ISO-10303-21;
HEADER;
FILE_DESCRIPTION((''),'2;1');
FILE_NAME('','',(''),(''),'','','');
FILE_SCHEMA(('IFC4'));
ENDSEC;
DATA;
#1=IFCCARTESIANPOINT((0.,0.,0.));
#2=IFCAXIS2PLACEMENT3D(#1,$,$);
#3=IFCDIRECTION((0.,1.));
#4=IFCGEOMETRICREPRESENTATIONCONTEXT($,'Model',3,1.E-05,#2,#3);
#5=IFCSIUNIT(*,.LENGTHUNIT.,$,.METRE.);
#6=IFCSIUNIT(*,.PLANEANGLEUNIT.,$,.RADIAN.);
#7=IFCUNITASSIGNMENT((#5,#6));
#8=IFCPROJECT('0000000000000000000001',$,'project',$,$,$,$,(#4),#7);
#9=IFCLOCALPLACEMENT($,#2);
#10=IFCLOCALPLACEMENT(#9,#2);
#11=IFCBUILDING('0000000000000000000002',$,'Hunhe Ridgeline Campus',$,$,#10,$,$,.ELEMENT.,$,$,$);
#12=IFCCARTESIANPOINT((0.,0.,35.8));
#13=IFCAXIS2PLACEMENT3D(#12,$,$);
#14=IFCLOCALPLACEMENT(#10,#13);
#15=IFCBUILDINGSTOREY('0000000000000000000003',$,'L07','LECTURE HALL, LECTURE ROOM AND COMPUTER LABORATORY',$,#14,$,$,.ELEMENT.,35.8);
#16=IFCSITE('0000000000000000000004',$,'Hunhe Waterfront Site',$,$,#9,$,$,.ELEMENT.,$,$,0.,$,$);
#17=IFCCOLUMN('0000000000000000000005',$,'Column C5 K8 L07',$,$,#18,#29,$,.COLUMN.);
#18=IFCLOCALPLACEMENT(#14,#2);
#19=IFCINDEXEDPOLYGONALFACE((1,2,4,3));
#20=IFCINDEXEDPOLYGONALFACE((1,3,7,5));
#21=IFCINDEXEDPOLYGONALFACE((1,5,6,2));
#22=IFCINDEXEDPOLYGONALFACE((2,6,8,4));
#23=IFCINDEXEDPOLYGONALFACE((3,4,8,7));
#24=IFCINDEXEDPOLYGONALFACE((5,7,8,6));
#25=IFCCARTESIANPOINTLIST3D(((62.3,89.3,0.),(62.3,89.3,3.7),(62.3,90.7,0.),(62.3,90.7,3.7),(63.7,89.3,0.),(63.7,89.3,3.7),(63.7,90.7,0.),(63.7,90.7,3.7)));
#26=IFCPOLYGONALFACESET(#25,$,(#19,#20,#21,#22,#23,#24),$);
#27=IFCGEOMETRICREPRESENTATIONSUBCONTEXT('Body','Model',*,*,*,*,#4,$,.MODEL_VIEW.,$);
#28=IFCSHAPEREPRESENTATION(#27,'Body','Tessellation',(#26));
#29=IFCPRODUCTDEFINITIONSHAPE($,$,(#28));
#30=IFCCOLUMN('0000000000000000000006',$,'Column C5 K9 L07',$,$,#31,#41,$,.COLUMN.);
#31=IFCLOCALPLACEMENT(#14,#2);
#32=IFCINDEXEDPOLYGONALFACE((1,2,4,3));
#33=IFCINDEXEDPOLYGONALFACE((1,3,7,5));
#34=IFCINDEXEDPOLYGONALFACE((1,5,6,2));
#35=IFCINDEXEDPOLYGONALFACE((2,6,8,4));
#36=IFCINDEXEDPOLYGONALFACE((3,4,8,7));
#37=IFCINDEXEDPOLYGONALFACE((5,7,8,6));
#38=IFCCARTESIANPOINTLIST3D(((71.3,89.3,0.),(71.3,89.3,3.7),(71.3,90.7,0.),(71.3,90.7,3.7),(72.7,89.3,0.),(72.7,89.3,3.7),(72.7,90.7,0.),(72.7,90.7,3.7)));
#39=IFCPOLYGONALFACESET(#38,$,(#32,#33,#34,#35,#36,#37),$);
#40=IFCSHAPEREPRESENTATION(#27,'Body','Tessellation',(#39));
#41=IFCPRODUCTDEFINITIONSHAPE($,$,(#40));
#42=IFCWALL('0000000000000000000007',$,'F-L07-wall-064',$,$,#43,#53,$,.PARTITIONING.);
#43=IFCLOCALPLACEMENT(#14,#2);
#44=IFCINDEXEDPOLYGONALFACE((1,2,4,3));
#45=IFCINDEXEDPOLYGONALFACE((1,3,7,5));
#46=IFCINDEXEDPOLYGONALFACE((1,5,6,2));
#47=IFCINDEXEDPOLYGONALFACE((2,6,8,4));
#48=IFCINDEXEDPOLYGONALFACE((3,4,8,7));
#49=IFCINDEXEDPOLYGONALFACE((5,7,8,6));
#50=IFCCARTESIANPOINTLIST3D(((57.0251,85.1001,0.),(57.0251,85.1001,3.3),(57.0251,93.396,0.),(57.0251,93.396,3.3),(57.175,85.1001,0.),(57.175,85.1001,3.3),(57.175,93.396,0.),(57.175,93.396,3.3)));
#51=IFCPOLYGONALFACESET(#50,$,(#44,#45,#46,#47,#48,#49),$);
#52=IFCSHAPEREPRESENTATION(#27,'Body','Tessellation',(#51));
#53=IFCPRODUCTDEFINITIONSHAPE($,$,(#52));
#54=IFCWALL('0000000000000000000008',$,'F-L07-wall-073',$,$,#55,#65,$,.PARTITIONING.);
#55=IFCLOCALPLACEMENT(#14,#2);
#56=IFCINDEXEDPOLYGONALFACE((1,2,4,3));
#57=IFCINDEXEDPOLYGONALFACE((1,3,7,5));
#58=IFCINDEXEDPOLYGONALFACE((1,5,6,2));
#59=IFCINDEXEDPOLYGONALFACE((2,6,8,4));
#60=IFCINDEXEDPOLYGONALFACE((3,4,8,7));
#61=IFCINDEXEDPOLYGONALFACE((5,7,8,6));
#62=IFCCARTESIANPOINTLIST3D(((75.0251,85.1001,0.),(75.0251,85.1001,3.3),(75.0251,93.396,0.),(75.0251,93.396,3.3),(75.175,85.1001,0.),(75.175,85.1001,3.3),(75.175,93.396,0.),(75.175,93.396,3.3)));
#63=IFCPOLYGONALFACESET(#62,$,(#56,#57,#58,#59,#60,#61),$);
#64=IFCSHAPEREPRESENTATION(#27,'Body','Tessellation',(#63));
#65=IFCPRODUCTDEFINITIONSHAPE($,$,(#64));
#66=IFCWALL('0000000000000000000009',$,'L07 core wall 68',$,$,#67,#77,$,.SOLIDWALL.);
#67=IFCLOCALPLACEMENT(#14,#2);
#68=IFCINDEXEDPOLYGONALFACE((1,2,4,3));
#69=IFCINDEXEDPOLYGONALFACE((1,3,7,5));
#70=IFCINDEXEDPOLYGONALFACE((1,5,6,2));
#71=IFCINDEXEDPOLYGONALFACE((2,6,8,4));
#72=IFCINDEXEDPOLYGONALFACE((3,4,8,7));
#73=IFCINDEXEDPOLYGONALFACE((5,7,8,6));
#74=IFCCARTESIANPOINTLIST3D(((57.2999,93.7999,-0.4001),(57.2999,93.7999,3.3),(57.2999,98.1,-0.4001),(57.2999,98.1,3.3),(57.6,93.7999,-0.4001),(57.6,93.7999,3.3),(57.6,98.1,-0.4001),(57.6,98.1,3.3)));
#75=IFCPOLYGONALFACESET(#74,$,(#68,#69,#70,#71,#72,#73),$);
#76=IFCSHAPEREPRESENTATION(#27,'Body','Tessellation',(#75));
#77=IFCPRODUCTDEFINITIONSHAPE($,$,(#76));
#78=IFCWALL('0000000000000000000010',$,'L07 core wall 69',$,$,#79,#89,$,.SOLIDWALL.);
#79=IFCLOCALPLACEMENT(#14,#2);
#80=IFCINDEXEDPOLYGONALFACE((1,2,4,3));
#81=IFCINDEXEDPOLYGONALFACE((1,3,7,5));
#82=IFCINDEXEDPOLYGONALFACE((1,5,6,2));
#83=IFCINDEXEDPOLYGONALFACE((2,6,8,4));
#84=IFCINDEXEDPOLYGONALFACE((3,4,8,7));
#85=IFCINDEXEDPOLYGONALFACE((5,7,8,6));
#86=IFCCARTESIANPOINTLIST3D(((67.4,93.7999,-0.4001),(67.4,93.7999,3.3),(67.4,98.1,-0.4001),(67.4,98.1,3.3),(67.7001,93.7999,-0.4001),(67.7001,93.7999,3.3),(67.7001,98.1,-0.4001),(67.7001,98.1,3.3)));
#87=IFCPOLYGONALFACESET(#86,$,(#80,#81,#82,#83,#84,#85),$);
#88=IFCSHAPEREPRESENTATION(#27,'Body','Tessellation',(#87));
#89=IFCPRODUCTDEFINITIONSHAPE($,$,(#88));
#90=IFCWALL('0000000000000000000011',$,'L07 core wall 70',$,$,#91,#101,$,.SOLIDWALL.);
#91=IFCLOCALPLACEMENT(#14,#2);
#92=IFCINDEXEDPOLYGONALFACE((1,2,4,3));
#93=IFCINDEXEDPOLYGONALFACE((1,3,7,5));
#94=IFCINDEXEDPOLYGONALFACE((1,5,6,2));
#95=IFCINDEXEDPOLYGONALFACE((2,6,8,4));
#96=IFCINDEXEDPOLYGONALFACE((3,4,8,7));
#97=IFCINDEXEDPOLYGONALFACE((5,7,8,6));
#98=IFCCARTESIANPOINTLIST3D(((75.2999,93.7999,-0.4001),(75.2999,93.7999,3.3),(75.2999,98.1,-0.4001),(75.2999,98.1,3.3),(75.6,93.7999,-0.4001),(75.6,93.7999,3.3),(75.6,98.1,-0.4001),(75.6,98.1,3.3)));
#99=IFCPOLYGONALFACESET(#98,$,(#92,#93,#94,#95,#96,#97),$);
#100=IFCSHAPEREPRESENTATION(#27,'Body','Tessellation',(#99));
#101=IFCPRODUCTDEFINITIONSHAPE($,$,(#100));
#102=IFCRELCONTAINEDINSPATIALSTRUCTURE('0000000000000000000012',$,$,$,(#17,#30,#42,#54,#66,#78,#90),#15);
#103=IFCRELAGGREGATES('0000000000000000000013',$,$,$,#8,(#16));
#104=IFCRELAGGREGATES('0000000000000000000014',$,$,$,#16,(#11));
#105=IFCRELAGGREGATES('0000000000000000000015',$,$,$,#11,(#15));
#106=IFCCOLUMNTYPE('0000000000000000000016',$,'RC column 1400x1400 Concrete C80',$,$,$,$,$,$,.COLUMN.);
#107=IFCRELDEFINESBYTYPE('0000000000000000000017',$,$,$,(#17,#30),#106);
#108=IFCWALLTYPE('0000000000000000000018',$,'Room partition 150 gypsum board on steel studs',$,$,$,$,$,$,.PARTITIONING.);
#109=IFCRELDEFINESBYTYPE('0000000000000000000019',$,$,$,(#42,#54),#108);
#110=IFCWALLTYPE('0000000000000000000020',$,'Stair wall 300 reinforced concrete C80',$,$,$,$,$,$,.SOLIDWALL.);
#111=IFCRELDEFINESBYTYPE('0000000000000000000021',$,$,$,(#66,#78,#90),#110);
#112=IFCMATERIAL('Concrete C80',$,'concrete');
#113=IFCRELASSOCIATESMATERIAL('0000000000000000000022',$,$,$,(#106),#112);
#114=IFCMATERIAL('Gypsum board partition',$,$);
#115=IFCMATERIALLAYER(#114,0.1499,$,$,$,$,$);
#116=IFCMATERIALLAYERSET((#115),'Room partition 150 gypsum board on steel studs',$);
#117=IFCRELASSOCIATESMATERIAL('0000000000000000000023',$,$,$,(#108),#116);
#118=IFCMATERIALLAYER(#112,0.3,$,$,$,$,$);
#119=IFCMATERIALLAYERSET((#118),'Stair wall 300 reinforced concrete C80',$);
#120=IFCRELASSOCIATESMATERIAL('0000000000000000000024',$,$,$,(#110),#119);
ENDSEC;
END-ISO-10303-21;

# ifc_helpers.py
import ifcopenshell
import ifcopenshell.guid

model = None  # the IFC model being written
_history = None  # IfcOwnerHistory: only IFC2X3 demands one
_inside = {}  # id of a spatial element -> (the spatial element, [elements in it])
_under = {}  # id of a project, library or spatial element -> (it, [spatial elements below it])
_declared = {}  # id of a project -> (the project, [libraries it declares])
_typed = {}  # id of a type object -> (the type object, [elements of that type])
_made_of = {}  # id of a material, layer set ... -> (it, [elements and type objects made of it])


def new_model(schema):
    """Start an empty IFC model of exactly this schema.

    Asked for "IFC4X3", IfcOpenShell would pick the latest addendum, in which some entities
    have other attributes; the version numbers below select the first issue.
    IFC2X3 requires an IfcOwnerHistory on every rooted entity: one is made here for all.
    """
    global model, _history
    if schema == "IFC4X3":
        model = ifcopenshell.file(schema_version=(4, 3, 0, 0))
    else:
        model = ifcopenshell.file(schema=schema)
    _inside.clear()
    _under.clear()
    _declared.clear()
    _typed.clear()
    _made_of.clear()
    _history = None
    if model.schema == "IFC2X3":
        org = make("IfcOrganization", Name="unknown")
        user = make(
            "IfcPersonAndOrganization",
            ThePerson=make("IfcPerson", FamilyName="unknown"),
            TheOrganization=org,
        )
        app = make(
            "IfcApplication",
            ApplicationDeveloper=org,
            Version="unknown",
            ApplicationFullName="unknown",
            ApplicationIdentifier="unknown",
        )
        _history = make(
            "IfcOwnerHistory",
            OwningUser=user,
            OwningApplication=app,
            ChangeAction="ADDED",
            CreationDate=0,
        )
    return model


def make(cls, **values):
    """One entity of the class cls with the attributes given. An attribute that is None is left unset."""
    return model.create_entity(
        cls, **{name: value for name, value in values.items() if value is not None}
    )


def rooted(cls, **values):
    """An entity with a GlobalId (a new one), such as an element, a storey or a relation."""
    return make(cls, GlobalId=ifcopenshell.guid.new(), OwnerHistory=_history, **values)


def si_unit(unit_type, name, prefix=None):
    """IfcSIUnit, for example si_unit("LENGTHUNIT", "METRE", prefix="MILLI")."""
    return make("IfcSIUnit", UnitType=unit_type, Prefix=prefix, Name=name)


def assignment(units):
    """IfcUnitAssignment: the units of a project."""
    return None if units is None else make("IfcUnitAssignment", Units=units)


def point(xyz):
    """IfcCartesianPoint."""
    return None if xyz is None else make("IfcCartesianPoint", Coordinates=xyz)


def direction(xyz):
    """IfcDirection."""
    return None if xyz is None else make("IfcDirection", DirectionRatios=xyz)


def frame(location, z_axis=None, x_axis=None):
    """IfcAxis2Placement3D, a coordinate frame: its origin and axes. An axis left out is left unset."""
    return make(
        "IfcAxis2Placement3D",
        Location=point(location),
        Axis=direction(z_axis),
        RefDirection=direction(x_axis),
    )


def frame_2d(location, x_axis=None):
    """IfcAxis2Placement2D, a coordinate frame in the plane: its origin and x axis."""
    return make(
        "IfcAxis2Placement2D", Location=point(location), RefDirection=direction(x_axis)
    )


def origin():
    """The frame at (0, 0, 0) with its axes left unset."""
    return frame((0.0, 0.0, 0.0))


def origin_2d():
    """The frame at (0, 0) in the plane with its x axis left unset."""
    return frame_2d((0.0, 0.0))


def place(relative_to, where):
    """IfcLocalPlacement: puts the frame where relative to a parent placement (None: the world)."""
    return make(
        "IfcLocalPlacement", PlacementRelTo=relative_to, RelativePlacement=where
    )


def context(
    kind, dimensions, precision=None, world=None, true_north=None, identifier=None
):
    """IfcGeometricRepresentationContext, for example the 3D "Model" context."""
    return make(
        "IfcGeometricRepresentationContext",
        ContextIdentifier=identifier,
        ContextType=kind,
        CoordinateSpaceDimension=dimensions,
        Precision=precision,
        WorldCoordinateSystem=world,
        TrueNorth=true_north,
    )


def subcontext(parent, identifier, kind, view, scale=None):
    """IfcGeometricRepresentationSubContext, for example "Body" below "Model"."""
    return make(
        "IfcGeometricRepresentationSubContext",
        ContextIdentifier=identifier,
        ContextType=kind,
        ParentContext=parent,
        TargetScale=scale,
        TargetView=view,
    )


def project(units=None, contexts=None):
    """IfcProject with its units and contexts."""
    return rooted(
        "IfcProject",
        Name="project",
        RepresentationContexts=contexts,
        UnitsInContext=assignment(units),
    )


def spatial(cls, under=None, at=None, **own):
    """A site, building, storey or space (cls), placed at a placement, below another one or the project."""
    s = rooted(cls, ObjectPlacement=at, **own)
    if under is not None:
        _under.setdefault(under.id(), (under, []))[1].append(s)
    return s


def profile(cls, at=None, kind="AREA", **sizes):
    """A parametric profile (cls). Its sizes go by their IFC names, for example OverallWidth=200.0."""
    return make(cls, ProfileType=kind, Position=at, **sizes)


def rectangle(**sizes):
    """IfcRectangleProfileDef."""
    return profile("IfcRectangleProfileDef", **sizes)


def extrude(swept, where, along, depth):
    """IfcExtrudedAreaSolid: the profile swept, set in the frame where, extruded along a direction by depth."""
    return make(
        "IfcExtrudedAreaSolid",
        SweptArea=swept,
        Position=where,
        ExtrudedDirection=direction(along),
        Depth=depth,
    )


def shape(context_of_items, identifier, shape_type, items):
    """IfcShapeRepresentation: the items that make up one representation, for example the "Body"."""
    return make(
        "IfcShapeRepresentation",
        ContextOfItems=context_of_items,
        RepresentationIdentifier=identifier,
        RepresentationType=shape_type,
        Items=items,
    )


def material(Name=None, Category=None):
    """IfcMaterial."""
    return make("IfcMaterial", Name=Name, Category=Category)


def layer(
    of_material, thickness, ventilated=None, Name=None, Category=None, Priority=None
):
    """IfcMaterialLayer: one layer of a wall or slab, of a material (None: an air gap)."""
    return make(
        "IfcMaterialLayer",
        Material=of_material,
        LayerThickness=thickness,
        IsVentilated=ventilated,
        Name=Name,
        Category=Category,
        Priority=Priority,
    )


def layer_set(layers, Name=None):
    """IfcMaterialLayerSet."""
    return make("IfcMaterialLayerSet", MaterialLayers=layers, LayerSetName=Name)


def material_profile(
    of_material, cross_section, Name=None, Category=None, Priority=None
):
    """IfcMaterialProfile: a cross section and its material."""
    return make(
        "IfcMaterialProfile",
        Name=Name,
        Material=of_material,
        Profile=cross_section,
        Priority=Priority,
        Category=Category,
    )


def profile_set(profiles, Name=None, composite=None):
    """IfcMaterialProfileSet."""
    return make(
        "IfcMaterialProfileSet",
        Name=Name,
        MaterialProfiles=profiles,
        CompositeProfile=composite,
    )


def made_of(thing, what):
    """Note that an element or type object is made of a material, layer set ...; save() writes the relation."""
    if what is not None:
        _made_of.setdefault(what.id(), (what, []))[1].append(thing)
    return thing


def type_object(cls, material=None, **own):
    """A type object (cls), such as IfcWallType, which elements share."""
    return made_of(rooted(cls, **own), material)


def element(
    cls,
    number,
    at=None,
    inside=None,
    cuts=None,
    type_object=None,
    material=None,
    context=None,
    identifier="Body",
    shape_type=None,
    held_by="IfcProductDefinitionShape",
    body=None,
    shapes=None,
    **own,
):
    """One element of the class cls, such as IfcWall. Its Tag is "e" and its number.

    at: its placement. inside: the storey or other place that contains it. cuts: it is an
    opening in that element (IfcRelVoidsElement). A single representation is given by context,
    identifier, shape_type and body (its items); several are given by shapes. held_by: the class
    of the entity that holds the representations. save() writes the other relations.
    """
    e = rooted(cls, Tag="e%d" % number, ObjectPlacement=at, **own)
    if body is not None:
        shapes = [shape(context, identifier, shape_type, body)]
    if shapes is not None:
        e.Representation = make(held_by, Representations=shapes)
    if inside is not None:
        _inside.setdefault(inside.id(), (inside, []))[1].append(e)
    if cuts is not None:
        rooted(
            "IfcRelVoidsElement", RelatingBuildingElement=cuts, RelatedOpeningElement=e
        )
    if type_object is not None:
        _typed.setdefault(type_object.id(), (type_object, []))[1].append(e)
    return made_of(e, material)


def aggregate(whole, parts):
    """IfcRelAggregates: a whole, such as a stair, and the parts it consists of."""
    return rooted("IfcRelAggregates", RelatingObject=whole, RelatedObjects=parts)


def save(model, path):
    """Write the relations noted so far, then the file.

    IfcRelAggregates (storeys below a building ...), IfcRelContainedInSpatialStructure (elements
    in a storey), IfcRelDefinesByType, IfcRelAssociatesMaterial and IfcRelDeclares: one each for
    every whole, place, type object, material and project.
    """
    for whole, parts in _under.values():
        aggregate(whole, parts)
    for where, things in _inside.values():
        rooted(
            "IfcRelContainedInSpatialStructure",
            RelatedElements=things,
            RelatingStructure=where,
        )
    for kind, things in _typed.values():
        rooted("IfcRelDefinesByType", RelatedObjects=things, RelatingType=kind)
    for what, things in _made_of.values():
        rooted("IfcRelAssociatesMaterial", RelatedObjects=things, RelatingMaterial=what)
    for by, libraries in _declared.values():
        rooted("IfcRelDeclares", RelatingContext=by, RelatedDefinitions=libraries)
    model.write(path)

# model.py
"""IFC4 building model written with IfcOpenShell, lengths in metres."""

from ifc_helpers import new_model, si_unit, direction, frame, frame_2d, origin, origin_2d, place, context, subcontext, project, spatial, rectangle, extrude, material, layer, layer_set, material_profile, profile_set, type_object, element, save


model = new_model("IFC4")

# Units and contexts
model_context = context("Model", 3, precision=1e-05, world=origin(), true_north=direction((0.0, 1.0)))
body_context = subcontext(model_context, "Body", "Model", "MODEL_VIEW")
ifc_project = project(units=[si_unit("LENGTHUNIT", "METRE"), si_unit("PLANEANGLEUNIT", "RADIAN")], contexts=[model_context])

# Site, building, storey
site_placement = place(None, origin())
site = spatial("IfcSite", under=ifc_project, at=site_placement, Name="Hunhe Waterfront Site", CompositionType="ELEMENT", RefElevation=0.0)
building_placement = place(site_placement, origin())
building = spatial("IfcBuilding", under=site, at=building_placement, Name="Hunhe Ridgeline Campus", CompositionType="ELEMENT")
storey_placement = place(building_placement, frame((0.0, 0.0, 35.8)))
storey = spatial("IfcBuildingStorey", under=building, at=storey_placement, Name="L07", Description="LECTURE HALL, LECTURE ROOM AND COMPUTER LABORATORY", CompositionType="ELEMENT", Elevation=35.8)

# Columns
ifc_material_1 = material(Name="Concrete C80", Category="concrete")
ifc_material_profile = material_profile(ifc_material_1, rectangle(XDim=1.3999, YDim=1.3999, at=origin_2d()))
ifc_profile_set = profile_set([ifc_material_profile], Name="Concrete C80")
column_type = type_object("IfcColumnType", Name="RC column 1400x1400 Concrete C80", PredefinedType="COLUMN", material=ifc_profile_set)
for number, where, z_axis, x_axis, name in (
    (1, (63.0, 90.0, 0.0), (0.0, 0.0, 1.0), (1.0, 0.0, 0.0), "Column C5 K8 L07"),
    (2, (72.0, 90.0, 0.0), (0.0, 0.0, 1.0), (1.0, 0.0, 0.0), "Column C5 K9 L07"),
):
    element("IfcColumn", number, at=place(storey_placement, frame(where, z_axis=z_axis, x_axis=x_axis)), inside=storey, type_object=column_type, Name=name, PredefinedType="COLUMN", context=body_context, shape_type="SweptSolid", body=[
        extrude(rectangle(XDim=1.3999, YDim=1.3999, at=origin_2d()), origin(), (0.0, 0.0, 1.0), 3.7),
    ])

# Shared definitions
ifc_material_2 = material(Name="Gypsum board partition")

# Walls
ifc_layer_1 = layer(ifc_material_2, 0.1499)
ifc_layer_set_1 = layer_set([ifc_layer_1], Name="Room partition 150 gypsum board on steel studs")
wall_type_1 = type_object("IfcWallType", Name="Room partition 150 gypsum board on steel studs", PredefinedType="PARTITIONING", material=ifc_layer_set_1)
for number, where, z_axis, x_axis, name in (
    (3, (57.1001, 93.396, 0.0), (0.0, 0.0, 1.0), (0.0, -1.0, 0.0), "F-L07-wall-064"),
    (4, (75.1001, 93.396, 0.0), (0.0, 0.0, 1.0), (0.0, -1.0, 0.0), "F-L07-wall-073"),
):
    element("IfcWall", number, at=place(storey_placement, frame(where, z_axis=z_axis, x_axis=x_axis)), inside=storey, type_object=wall_type_1, Name=name, PredefinedType="PARTITIONING", context=body_context, shape_type="SweptSolid", body=[
        extrude(rectangle(XDim=8.2959, YDim=0.1499, at=frame_2d((4.1479, 0.0))), origin(), (0.0, 0.0, 1.0), 3.3),
    ])

# Shared definitions
ifc_layer_2 = layer(ifc_material_1, 0.3)
ifc_layer_set_2 = layer_set([ifc_layer_2], Name="Stair wall 300 reinforced concrete C80")
wall_type_2 = type_object("IfcWallType", Name="Stair wall 300 reinforced concrete C80", PredefinedType="SOLIDWALL", material=ifc_layer_set_2)

# Walls
for number, where, z_axis, x_axis, name in (
    (5, (57.45, 93.8, -0.4001), (0.0, 0.0, 1.0), (0.0, 1.0, 0.0), "L07 core wall 68"),
    (6, (67.55, 93.8, -0.4001), (0.0, 0.0, 1.0), (0.0, 1.0, 0.0), "L07 core wall 69"),
    (7, (75.45, 93.8, -0.4001), (0.0, 0.0, 1.0), (0.0, 1.0, 0.0), "L07 core wall 70"),
):
    element("IfcWall", number, at=place(storey_placement, frame(where, z_axis=z_axis, x_axis=x_axis)), inside=storey, type_object=wall_type_2, Name=name, PredefinedType="SOLIDWALL", context=body_context, shape_type="SweptSolid", body=[
        extrude(rectangle(XDim=4.3, YDim=0.3, at=frame_2d((2.1499, 0.0))), origin(), (0.0, 0.0, 1.0), 3.7002),
    ])

save(model, "model.ifc")
